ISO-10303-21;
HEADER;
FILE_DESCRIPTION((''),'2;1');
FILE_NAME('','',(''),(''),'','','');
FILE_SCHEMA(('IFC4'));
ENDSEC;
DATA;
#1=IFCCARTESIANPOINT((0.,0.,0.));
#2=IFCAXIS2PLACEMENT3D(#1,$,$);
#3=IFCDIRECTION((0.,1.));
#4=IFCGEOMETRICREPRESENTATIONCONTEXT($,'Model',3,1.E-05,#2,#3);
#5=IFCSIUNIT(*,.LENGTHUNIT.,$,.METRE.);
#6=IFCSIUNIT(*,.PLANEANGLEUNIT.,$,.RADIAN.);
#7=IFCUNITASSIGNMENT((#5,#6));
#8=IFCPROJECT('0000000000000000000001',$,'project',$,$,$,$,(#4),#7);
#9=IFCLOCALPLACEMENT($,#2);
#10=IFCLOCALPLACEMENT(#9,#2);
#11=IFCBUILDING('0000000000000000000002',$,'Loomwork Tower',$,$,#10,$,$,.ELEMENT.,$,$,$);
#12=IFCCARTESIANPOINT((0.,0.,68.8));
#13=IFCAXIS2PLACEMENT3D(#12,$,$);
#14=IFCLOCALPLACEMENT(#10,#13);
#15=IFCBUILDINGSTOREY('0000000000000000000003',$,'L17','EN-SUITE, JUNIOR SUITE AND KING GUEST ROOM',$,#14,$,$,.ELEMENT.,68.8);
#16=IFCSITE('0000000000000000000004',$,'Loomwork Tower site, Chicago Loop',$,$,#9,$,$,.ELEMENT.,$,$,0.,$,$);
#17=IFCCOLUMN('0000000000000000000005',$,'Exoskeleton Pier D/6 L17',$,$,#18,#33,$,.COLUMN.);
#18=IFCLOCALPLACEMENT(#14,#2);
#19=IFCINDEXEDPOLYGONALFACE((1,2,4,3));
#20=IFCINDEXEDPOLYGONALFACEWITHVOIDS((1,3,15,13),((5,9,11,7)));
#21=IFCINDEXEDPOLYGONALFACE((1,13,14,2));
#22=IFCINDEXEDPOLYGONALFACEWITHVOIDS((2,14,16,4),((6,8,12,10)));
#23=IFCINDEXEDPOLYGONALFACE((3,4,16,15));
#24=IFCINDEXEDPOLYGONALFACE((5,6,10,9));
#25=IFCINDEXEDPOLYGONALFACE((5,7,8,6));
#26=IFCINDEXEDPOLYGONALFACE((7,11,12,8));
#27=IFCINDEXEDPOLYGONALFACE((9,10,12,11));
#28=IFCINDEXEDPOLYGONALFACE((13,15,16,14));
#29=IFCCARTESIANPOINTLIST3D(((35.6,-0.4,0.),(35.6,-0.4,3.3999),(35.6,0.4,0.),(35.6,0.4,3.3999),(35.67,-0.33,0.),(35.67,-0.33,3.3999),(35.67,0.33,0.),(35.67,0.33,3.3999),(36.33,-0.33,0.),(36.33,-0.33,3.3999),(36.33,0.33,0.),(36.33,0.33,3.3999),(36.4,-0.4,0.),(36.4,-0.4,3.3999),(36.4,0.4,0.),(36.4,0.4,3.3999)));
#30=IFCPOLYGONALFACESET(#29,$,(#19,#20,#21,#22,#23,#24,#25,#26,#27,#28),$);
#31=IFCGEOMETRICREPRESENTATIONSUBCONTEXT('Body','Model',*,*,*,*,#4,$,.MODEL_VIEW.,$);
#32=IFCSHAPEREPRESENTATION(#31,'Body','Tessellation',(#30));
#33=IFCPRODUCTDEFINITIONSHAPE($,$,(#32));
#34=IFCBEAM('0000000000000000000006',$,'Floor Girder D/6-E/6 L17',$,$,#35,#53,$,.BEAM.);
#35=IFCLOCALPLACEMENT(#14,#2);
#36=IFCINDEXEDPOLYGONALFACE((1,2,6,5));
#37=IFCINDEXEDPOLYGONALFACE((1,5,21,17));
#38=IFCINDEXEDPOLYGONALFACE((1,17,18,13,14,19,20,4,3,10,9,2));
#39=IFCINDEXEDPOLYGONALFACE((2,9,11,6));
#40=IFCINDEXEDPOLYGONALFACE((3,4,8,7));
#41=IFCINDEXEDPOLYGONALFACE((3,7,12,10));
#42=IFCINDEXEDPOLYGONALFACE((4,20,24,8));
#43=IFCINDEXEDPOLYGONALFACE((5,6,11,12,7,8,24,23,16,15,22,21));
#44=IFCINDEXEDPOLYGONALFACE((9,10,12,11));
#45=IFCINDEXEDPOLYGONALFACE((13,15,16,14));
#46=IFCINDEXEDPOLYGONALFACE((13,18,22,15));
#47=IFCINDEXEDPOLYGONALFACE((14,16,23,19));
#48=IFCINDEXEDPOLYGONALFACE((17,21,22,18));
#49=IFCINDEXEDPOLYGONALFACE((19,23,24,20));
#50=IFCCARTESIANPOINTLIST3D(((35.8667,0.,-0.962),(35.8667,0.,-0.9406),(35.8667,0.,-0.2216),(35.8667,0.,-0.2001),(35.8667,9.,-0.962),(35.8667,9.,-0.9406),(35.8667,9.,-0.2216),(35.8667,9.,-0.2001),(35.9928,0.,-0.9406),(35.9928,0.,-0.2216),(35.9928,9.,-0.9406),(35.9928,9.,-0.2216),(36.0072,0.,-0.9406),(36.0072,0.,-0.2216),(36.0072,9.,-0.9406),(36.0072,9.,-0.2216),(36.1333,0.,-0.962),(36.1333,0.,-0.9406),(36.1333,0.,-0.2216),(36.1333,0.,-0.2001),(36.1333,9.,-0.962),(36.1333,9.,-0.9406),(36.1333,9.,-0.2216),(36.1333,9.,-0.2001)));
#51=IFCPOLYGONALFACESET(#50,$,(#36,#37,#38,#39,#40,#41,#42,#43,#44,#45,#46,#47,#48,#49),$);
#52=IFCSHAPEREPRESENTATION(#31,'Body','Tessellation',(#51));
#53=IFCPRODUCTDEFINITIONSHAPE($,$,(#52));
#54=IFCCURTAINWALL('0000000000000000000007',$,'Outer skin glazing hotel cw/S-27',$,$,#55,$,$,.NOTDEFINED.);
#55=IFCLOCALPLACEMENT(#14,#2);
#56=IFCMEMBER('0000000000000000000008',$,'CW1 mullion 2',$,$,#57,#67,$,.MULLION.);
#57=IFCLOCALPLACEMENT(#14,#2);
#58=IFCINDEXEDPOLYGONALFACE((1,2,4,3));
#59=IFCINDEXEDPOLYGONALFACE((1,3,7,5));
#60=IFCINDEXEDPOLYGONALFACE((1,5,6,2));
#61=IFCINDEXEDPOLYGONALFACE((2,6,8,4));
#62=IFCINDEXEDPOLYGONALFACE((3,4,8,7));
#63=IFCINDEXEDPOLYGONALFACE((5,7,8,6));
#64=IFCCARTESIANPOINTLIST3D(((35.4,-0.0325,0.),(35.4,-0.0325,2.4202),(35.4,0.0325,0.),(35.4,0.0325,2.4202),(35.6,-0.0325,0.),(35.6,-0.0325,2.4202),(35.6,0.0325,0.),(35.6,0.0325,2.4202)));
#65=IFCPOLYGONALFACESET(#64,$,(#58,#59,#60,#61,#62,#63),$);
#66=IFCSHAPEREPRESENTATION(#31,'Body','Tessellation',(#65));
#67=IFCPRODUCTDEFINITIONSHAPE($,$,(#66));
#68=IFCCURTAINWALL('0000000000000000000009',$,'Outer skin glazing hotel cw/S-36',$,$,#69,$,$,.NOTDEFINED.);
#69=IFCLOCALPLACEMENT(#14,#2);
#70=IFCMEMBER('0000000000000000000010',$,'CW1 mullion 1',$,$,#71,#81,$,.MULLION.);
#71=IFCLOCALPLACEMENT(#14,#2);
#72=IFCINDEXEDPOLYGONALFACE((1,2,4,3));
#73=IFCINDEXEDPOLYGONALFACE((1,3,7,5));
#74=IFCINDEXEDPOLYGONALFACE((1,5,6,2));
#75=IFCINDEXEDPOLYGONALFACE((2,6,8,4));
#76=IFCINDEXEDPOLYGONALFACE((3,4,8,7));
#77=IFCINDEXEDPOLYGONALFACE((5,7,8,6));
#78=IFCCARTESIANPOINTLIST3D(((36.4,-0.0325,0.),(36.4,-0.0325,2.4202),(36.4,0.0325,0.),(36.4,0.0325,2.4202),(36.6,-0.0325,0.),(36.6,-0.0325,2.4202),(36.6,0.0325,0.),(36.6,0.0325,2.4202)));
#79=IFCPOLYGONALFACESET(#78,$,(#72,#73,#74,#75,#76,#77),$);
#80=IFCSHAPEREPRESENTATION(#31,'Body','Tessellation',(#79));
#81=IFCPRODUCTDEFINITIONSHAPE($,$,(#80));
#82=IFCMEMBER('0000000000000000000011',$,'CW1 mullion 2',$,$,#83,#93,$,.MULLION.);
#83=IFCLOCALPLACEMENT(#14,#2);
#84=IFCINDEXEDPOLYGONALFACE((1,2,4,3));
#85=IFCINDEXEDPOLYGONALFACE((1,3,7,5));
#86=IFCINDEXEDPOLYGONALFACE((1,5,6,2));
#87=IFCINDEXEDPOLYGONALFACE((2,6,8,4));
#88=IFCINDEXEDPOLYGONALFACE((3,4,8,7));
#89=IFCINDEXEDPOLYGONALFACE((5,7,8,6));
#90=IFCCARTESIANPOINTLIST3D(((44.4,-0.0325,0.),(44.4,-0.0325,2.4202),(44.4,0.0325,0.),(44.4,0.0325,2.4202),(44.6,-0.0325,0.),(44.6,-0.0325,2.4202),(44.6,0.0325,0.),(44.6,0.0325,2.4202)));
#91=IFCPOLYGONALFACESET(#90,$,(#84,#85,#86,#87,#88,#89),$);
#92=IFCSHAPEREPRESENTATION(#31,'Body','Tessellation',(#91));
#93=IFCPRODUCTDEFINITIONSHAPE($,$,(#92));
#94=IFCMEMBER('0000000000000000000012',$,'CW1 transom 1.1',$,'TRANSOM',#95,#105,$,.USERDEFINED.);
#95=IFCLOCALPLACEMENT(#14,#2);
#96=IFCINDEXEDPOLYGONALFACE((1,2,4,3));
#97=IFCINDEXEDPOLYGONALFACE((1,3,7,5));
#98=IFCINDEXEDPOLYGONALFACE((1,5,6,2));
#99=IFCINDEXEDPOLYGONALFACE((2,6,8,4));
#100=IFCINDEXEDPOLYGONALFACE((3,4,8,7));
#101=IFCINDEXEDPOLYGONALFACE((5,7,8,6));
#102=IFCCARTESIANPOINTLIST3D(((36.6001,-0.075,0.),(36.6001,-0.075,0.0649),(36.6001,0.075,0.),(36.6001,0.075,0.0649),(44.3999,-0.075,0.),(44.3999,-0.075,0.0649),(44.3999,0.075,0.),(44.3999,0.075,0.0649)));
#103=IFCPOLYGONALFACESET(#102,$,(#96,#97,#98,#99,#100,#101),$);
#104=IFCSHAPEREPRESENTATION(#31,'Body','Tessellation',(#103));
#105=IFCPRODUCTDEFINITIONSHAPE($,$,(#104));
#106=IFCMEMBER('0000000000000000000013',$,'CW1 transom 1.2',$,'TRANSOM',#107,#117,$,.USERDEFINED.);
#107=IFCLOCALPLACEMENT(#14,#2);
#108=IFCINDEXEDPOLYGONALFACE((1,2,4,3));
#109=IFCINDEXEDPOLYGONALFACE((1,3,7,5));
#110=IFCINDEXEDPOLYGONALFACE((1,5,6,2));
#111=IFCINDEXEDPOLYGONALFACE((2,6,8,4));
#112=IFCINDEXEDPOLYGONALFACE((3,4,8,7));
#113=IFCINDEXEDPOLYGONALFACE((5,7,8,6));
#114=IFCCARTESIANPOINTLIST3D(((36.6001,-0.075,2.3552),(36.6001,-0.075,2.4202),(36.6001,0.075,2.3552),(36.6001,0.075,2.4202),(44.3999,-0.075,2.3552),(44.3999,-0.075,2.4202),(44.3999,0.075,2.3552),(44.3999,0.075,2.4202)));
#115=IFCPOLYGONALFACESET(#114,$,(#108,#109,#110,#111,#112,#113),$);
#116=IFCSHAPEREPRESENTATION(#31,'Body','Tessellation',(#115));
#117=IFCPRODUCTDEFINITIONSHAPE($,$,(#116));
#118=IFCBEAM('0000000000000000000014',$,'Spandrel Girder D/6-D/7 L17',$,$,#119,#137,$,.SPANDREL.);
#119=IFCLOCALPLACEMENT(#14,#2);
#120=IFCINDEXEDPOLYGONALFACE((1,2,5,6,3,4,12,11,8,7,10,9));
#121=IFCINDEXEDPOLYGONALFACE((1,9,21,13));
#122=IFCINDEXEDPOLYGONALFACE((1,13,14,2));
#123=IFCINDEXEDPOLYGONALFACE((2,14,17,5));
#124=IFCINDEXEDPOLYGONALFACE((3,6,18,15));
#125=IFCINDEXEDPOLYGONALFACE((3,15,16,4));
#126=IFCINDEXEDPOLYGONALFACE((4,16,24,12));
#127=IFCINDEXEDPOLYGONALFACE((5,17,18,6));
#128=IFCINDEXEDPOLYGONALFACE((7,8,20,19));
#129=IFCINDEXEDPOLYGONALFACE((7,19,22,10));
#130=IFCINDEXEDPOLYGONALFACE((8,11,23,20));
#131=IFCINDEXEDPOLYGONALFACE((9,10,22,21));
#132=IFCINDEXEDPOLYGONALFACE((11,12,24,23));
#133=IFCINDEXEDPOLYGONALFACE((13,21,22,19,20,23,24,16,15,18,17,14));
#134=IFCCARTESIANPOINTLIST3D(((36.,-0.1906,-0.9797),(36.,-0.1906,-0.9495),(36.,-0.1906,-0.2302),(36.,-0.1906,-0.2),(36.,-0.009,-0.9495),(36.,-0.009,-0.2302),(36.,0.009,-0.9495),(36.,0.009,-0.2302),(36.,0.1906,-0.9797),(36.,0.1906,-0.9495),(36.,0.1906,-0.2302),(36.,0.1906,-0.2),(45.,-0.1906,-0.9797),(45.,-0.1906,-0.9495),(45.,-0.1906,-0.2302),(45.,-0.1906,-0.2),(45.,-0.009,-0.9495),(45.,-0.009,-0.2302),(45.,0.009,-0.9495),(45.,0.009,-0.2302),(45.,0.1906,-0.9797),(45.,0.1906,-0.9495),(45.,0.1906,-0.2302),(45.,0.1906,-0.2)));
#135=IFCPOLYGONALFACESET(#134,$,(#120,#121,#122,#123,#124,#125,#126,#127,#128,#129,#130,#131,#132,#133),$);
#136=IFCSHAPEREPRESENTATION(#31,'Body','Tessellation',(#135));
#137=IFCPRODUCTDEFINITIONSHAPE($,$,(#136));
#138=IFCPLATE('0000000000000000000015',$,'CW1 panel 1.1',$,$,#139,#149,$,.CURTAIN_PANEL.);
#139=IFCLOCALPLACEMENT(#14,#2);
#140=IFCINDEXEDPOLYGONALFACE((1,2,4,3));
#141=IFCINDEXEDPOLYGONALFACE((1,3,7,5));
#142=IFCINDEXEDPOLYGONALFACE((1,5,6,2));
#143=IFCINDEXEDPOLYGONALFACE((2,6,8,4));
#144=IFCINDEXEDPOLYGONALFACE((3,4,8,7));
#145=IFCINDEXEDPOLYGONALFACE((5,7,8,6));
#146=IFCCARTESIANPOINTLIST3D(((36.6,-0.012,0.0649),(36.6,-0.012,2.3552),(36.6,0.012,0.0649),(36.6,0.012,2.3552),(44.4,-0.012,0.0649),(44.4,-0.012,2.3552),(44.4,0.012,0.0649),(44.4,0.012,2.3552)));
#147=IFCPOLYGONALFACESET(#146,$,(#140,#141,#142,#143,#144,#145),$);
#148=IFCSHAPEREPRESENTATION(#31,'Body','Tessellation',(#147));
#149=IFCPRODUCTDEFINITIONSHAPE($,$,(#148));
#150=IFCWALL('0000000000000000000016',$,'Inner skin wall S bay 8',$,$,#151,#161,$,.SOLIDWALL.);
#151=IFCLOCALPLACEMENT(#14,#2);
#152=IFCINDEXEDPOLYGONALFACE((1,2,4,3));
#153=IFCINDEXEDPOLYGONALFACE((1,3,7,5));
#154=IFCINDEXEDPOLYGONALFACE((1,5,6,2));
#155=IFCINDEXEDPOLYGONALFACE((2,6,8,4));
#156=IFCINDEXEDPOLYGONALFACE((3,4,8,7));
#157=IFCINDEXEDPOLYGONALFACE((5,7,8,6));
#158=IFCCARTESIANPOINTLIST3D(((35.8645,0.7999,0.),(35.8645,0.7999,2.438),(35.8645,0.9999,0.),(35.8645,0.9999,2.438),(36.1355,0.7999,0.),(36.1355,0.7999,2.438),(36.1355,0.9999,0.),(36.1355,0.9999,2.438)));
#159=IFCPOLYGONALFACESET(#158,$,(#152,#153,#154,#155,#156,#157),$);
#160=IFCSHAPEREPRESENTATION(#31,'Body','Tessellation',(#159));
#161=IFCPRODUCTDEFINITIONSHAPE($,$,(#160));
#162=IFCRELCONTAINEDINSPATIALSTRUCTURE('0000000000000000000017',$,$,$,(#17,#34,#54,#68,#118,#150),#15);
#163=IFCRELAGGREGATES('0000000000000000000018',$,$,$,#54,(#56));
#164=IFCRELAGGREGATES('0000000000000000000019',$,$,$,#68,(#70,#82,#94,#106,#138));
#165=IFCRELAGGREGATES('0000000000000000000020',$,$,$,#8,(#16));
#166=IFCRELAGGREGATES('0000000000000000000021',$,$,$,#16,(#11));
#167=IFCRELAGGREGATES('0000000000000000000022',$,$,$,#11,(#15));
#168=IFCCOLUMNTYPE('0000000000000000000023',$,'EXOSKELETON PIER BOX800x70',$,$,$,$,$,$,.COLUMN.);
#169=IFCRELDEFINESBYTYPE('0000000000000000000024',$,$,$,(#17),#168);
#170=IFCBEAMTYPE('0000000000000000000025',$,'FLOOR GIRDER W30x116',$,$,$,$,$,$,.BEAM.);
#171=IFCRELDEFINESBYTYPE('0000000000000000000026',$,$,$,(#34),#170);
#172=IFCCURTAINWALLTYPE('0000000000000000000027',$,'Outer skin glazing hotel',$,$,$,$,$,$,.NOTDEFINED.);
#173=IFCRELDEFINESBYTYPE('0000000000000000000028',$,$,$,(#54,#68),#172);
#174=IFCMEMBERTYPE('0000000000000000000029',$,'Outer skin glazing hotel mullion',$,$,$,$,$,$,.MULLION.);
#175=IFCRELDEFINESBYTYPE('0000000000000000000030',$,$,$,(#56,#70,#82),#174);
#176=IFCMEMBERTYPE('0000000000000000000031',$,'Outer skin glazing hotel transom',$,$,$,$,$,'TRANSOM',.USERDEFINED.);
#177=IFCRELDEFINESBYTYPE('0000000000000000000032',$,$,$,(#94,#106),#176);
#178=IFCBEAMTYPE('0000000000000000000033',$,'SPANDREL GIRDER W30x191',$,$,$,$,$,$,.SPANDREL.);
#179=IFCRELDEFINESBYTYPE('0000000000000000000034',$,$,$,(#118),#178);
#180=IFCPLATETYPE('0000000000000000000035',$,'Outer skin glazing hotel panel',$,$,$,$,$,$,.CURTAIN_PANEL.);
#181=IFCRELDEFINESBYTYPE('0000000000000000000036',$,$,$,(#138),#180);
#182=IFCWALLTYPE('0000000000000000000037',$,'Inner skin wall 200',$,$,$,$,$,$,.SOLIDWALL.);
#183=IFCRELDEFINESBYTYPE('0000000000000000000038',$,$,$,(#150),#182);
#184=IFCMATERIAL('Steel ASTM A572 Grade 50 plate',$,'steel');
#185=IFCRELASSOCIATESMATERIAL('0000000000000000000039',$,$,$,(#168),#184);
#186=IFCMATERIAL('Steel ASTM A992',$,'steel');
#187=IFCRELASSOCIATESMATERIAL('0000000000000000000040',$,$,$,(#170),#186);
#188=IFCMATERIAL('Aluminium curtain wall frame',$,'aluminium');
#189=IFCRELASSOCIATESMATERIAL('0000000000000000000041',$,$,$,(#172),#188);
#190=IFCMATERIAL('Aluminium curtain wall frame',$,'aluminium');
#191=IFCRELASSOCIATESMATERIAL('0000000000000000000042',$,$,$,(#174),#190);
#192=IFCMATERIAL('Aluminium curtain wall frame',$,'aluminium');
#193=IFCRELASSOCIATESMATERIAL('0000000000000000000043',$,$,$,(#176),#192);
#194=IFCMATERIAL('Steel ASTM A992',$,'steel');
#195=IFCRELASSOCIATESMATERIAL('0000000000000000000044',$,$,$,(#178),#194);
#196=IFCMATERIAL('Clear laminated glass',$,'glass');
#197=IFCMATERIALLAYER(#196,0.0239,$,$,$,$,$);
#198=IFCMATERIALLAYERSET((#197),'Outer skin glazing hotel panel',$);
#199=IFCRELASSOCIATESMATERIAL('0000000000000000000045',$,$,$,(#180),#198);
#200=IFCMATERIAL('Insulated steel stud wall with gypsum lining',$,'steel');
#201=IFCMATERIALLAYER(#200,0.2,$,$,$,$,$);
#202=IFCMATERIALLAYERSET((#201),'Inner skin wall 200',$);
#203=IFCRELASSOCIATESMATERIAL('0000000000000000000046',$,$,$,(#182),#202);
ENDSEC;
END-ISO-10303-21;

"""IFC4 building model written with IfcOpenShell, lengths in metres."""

from ifc_helpers import new_model, si_unit, direction, frame, frame_2d, origin, origin_2d, place, context, subcontext, project, spatial, rectangle, hollow_rectangle, i_section, extrude, material, layer, layer_set, material_profile, profile_set, type_object, element, aggregate, save


model = new_model("IFC4")

# Units and contexts
model_context = context("Model", 3, precision=1e-05, world=origin(), true_north=direction((0.0, 1.0)))
body_context = subcontext(model_context, "Body", "Model", "MODEL_VIEW")
ifc_project = project(units=[si_unit("LENGTHUNIT", "METRE"), si_unit("PLANEANGLEUNIT", "RADIAN")], contexts=[model_context])

# Site, building, storey
site_placement = place(None, origin())
site = spatial("IfcSite", under=ifc_project, at=site_placement, Name="Loomwork Tower site, Chicago Loop", CompositionType="ELEMENT", RefElevation=0.0)
building_placement = place(site_placement, origin())
building = spatial("IfcBuilding", under=site, at=building_placement, Name="Loomwork Tower", CompositionType="ELEMENT")
storey_placement = place(building_placement, frame((0.0, 0.0, 68.8)))
storey = spatial("IfcBuildingStorey", under=building, at=storey_placement, Name="L17", Description="EN-SUITE, JUNIOR SUITE AND KING GUEST ROOM", CompositionType="ELEMENT", Elevation=68.8)

# Column
ifc_material_1 = material(Name="Steel ASTM A572 Grade 50 plate", Category="steel")
ifc_material_profile_1 = material_profile(ifc_material_1, hollow_rectangle(XDim=0.8, YDim=0.8, WallThickness=0.0701, at=origin_2d()), Name="BOX800x70")
ifc_profile_set_1 = profile_set([ifc_material_profile_1], Name="Steel ASTM A572 Grade 50 plate")
column_type = type_object("IfcColumnType", Name="EXOSKELETON PIER BOX800x70", PredefinedType="COLUMN", material=ifc_profile_set_1)
column_placement = place(storey_placement, frame((36.0, 0.0, 0.0), z_axis=(0.0, 0.0, 1.0), x_axis=(1.0, 0.0, 0.0)))
element("IfcColumn", 1, at=column_placement, inside=storey, type_object=column_type, Name="Exoskeleton Pier D/6 L17", PredefinedType="COLUMN", context=body_context, shape_type="SweptSolid", body=[
    extrude(hollow_rectangle(XDim=0.8, YDim=0.8, WallThickness=0.0701, at=origin_2d()), origin(), (0.0, 0.0, 1.0), 3.3999),
])

# Beam
ifc_material_2 = material(Name="Steel ASTM A992", Category="steel")
ifc_material_profile_2 = material_profile(ifc_material_2, i_section(OverallWidth=0.2666, OverallDepth=0.762, WebThickness=0.0144, FlangeThickness=0.0215, at=origin_2d()), Name="W30x116")
ifc_profile_set_2 = profile_set([ifc_material_profile_2], Name="Steel ASTM A992")
beam_type_1 = type_object("IfcBeamType", Name="FLOOR GIRDER W30x116", PredefinedType="BEAM", material=ifc_profile_set_2)
beam_1_placement = place(storey_placement, frame((36.0, 0.0, -0.5811), z_axis=(0.0, 1.0, 0.0), x_axis=(-1.0, 0.0, 0.0)))
element("IfcBeam", 2, at=beam_1_placement, inside=storey, type_object=beam_type_1, Name="Floor Girder D/6-E/6 L17", PredefinedType="BEAM", context=body_context, shape_type="SweptSolid", body=[
    extrude(i_section(OverallWidth=0.2666, OverallDepth=0.762, WebThickness=0.0144, FlangeThickness=0.0215, at=origin_2d()), origin(), (0.0, 0.0, 1.0), 9.0),
])

# Curtain wall, member
ifc_material_3 = material(Name="Aluminium curtain wall frame", Category="aluminium")
curtain_wall_type = type_object("IfcCurtainWallType", Name="Outer skin glazing hotel", PredefinedType="NOTDEFINED", material=ifc_material_3)
curtain_wall_1_placement = place(storey_placement, origin())
curtain_wall_1 = element("IfcCurtainWall", 3, at=curtain_wall_1_placement, inside=storey, type_object=curtain_wall_type, Name="Outer skin glazing hotel cw/S-27", PredefinedType="NOTDEFINED")
ifc_material_4 = material(Name="Aluminium curtain wall frame", Category="aluminium")
ifc_material_profile_3 = material_profile(ifc_material_4, rectangle(XDim=0.0649, YDim=0.2, at=origin_2d()), Name="AL 65x200")
ifc_profile_set_3 = profile_set([ifc_material_profile_3], Name="Aluminium curtain wall frame")
member_type_1 = type_object("IfcMemberType", Name="Outer skin glazing hotel mullion", PredefinedType="MULLION", material=ifc_profile_set_3)
member_1_placement = place(storey_placement, frame((35.5, 0.0, 0.0), z_axis=(0.0, 0.0, 1.0), x_axis=(0.0, 1.0, 0.0)))
member_1 = element("IfcMember", 4, at=member_1_placement, type_object=member_type_1, Name="CW1 mullion 2", PredefinedType="MULLION", context=body_context, shape_type="SweptSolid", body=[
    extrude(rectangle(XDim=0.0649, YDim=0.2, at=origin_2d()), origin(), (0.0, 0.0, 1.0), 2.4202),
])
aggregate(curtain_wall_1, [member_1])

# Curtain wall, members
curtain_wall_2_placement = place(storey_placement, origin())
curtain_wall_2 = element("IfcCurtainWall", 5, at=curtain_wall_2_placement, inside=storey, type_object=curtain_wall_type, Name="Outer skin glazing hotel cw/S-36", PredefinedType="NOTDEFINED")
member_2_placement = place(storey_placement, frame((36.5, 0.0, 0.0), z_axis=(0.0, 0.0, 1.0), x_axis=(0.0, 1.0, 0.0)))
member_2 = element("IfcMember", 6, at=member_2_placement, type_object=member_type_1, Name="CW1 mullion 1", PredefinedType="MULLION", context=body_context, shape_type="SweptSolid", body=[
    extrude(rectangle(XDim=0.0649, YDim=0.2, at=origin_2d()), origin(), (0.0, 0.0, 1.0), 2.4202),
])
member_3_placement = place(storey_placement, frame((44.5, 0.0, 0.0), z_axis=(0.0, 0.0, 1.0), x_axis=(0.0, 1.0, 0.0)))
member_3 = element("IfcMember", 7, at=member_3_placement, type_object=member_type_1, Name="CW1 mullion 2", PredefinedType="MULLION", context=body_context, shape_type="SweptSolid", body=[
    extrude(rectangle(XDim=0.0649, YDim=0.2, at=origin_2d()), origin(), (0.0, 0.0, 1.0), 2.4202),
])
ifc_material_5 = material(Name="Aluminium curtain wall frame", Category="aluminium")
ifc_material_profile_4 = material_profile(ifc_material_5, rectangle(XDim=0.1499, YDim=0.0649, at=origin_2d()), Name="AL 65x150")
ifc_profile_set_4 = profile_set([ifc_material_profile_4], Name="Aluminium curtain wall frame")
member_type_2 = type_object("IfcMemberType", Name="Outer skin glazing hotel transom", ElementType="TRANSOM", PredefinedType="USERDEFINED", material=ifc_profile_set_4)
member_4_placement = place(storey_placement, frame((36.6001, 0.0, 0.0325), z_axis=(1.0, 0.0, 0.0), x_axis=(0.0, 1.0, 0.0)))
member_4 = element("IfcMember", 8, at=member_4_placement, type_object=member_type_2, Name="CW1 transom 1.1", ObjectType="TRANSOM", PredefinedType="USERDEFINED", context=body_context, shape_type="SweptSolid", body=[
    extrude(rectangle(XDim=0.1499, YDim=0.0649, at=origin_2d()), origin(), (0.0, 0.0, 1.0), 7.7998),
])
member_5_placement = place(storey_placement, frame((36.6001, 0.0, 2.3877), z_axis=(1.0, 0.0, 0.0), x_axis=(0.0, 1.0, 0.0)))
member_5 = element("IfcMember", 9, at=member_5_placement, type_object=member_type_2, Name="CW1 transom 1.2", ObjectType="TRANSOM", PredefinedType="USERDEFINED", context=body_context, shape_type="SweptSolid", body=[
    extrude(rectangle(XDim=0.1499, YDim=0.0649, at=origin_2d()), origin(), (0.0, 0.0, 1.0), 7.7998),
])

# Beam
ifc_material_6 = material(Name="Steel ASTM A992", Category="steel")
ifc_material_profile_5 = material_profile(ifc_material_6, i_section(OverallWidth=0.3811, OverallDepth=0.7798, WebThickness=0.0181, FlangeThickness=0.0303, at=origin_2d()), Name="W30x191")
ifc_profile_set_5 = profile_set([ifc_material_profile_5], Name="Steel ASTM A992")
beam_type_2 = type_object("IfcBeamType", Name="SPANDREL GIRDER W30x191", PredefinedType="SPANDREL", material=ifc_profile_set_5)
beam_2_placement = place(storey_placement, frame((36.0, 0.0, -0.5898), z_axis=(1.0, 0.0, 0.0), x_axis=(0.0, 1.0, 0.0)))
element("IfcBeam", 10, at=beam_2_placement, inside=storey, type_object=beam_type_2, Name="Spandrel Girder D/6-D/7 L17", PredefinedType="SPANDREL", context=body_context, shape_type="SweptSolid", body=[
    extrude(i_section(OverallWidth=0.3811, OverallDepth=0.7798, WebThickness=0.0181, FlangeThickness=0.0303, at=origin_2d()), origin(), (0.0, 0.0, 1.0), 9.0),
])

# Plate
ifc_material_7 = material(Name="Clear laminated glass", Category="glass")
ifc_layer_1 = layer(ifc_material_7, 0.0239)
ifc_layer_set_1 = layer_set([ifc_layer_1], Name="Outer skin glazing hotel panel")
plate_type = type_object("IfcPlateType", Name="Outer skin glazing hotel panel", PredefinedType="CURTAIN_PANEL", material=ifc_layer_set_1)
plate_placement = place(storey_placement, frame((40.5, 0.0, 0.0649), z_axis=(0.0, 0.0, 1.0), x_axis=(1.0, 0.0, 0.0)))
plate = element("IfcPlate", 11, at=plate_placement, type_object=plate_type, Name="CW1 panel 1.1", PredefinedType="CURTAIN_PANEL", context=body_context, shape_type="SweptSolid", body=[
    extrude(rectangle(XDim=7.8, YDim=0.0239, at=origin_2d()), origin(), (0.0, 0.0, 1.0), 2.2903),
])
aggregate(curtain_wall_2, [member_2, member_3, member_4, member_5, plate])

# Wall
ifc_material_8 = material(Name="Insulated steel stud wall with gypsum lining", Category="steel")
ifc_layer_2 = layer(ifc_material_8, 0.2)
ifc_layer_set_2 = layer_set([ifc_layer_2], Name="Inner skin wall 200")
wall_type = type_object("IfcWallType", Name="Inner skin wall 200", PredefinedType="SOLIDWALL", material=ifc_layer_set_2)
wall_1_placement = place(storey_placement, frame((35.8645, 0.8999, 0.0), z_axis=(0.0, 0.0, 1.0), x_axis=(1.0, 0.0, 0.0)))
element("IfcWall", 12, at=wall_1_placement, inside=storey, type_object=wall_type, Name="Inner skin wall S bay 8", PredefinedType="SOLIDWALL", context=body_context, shape_type="SweptSolid", body=[
    extrude(rectangle(XDim=0.271, YDim=0.2, at=frame_2d((0.1355, 0.0))), origin(), (0.0, 0.0, 1.0), 2.438),
])

save(model, "model.ifc")
